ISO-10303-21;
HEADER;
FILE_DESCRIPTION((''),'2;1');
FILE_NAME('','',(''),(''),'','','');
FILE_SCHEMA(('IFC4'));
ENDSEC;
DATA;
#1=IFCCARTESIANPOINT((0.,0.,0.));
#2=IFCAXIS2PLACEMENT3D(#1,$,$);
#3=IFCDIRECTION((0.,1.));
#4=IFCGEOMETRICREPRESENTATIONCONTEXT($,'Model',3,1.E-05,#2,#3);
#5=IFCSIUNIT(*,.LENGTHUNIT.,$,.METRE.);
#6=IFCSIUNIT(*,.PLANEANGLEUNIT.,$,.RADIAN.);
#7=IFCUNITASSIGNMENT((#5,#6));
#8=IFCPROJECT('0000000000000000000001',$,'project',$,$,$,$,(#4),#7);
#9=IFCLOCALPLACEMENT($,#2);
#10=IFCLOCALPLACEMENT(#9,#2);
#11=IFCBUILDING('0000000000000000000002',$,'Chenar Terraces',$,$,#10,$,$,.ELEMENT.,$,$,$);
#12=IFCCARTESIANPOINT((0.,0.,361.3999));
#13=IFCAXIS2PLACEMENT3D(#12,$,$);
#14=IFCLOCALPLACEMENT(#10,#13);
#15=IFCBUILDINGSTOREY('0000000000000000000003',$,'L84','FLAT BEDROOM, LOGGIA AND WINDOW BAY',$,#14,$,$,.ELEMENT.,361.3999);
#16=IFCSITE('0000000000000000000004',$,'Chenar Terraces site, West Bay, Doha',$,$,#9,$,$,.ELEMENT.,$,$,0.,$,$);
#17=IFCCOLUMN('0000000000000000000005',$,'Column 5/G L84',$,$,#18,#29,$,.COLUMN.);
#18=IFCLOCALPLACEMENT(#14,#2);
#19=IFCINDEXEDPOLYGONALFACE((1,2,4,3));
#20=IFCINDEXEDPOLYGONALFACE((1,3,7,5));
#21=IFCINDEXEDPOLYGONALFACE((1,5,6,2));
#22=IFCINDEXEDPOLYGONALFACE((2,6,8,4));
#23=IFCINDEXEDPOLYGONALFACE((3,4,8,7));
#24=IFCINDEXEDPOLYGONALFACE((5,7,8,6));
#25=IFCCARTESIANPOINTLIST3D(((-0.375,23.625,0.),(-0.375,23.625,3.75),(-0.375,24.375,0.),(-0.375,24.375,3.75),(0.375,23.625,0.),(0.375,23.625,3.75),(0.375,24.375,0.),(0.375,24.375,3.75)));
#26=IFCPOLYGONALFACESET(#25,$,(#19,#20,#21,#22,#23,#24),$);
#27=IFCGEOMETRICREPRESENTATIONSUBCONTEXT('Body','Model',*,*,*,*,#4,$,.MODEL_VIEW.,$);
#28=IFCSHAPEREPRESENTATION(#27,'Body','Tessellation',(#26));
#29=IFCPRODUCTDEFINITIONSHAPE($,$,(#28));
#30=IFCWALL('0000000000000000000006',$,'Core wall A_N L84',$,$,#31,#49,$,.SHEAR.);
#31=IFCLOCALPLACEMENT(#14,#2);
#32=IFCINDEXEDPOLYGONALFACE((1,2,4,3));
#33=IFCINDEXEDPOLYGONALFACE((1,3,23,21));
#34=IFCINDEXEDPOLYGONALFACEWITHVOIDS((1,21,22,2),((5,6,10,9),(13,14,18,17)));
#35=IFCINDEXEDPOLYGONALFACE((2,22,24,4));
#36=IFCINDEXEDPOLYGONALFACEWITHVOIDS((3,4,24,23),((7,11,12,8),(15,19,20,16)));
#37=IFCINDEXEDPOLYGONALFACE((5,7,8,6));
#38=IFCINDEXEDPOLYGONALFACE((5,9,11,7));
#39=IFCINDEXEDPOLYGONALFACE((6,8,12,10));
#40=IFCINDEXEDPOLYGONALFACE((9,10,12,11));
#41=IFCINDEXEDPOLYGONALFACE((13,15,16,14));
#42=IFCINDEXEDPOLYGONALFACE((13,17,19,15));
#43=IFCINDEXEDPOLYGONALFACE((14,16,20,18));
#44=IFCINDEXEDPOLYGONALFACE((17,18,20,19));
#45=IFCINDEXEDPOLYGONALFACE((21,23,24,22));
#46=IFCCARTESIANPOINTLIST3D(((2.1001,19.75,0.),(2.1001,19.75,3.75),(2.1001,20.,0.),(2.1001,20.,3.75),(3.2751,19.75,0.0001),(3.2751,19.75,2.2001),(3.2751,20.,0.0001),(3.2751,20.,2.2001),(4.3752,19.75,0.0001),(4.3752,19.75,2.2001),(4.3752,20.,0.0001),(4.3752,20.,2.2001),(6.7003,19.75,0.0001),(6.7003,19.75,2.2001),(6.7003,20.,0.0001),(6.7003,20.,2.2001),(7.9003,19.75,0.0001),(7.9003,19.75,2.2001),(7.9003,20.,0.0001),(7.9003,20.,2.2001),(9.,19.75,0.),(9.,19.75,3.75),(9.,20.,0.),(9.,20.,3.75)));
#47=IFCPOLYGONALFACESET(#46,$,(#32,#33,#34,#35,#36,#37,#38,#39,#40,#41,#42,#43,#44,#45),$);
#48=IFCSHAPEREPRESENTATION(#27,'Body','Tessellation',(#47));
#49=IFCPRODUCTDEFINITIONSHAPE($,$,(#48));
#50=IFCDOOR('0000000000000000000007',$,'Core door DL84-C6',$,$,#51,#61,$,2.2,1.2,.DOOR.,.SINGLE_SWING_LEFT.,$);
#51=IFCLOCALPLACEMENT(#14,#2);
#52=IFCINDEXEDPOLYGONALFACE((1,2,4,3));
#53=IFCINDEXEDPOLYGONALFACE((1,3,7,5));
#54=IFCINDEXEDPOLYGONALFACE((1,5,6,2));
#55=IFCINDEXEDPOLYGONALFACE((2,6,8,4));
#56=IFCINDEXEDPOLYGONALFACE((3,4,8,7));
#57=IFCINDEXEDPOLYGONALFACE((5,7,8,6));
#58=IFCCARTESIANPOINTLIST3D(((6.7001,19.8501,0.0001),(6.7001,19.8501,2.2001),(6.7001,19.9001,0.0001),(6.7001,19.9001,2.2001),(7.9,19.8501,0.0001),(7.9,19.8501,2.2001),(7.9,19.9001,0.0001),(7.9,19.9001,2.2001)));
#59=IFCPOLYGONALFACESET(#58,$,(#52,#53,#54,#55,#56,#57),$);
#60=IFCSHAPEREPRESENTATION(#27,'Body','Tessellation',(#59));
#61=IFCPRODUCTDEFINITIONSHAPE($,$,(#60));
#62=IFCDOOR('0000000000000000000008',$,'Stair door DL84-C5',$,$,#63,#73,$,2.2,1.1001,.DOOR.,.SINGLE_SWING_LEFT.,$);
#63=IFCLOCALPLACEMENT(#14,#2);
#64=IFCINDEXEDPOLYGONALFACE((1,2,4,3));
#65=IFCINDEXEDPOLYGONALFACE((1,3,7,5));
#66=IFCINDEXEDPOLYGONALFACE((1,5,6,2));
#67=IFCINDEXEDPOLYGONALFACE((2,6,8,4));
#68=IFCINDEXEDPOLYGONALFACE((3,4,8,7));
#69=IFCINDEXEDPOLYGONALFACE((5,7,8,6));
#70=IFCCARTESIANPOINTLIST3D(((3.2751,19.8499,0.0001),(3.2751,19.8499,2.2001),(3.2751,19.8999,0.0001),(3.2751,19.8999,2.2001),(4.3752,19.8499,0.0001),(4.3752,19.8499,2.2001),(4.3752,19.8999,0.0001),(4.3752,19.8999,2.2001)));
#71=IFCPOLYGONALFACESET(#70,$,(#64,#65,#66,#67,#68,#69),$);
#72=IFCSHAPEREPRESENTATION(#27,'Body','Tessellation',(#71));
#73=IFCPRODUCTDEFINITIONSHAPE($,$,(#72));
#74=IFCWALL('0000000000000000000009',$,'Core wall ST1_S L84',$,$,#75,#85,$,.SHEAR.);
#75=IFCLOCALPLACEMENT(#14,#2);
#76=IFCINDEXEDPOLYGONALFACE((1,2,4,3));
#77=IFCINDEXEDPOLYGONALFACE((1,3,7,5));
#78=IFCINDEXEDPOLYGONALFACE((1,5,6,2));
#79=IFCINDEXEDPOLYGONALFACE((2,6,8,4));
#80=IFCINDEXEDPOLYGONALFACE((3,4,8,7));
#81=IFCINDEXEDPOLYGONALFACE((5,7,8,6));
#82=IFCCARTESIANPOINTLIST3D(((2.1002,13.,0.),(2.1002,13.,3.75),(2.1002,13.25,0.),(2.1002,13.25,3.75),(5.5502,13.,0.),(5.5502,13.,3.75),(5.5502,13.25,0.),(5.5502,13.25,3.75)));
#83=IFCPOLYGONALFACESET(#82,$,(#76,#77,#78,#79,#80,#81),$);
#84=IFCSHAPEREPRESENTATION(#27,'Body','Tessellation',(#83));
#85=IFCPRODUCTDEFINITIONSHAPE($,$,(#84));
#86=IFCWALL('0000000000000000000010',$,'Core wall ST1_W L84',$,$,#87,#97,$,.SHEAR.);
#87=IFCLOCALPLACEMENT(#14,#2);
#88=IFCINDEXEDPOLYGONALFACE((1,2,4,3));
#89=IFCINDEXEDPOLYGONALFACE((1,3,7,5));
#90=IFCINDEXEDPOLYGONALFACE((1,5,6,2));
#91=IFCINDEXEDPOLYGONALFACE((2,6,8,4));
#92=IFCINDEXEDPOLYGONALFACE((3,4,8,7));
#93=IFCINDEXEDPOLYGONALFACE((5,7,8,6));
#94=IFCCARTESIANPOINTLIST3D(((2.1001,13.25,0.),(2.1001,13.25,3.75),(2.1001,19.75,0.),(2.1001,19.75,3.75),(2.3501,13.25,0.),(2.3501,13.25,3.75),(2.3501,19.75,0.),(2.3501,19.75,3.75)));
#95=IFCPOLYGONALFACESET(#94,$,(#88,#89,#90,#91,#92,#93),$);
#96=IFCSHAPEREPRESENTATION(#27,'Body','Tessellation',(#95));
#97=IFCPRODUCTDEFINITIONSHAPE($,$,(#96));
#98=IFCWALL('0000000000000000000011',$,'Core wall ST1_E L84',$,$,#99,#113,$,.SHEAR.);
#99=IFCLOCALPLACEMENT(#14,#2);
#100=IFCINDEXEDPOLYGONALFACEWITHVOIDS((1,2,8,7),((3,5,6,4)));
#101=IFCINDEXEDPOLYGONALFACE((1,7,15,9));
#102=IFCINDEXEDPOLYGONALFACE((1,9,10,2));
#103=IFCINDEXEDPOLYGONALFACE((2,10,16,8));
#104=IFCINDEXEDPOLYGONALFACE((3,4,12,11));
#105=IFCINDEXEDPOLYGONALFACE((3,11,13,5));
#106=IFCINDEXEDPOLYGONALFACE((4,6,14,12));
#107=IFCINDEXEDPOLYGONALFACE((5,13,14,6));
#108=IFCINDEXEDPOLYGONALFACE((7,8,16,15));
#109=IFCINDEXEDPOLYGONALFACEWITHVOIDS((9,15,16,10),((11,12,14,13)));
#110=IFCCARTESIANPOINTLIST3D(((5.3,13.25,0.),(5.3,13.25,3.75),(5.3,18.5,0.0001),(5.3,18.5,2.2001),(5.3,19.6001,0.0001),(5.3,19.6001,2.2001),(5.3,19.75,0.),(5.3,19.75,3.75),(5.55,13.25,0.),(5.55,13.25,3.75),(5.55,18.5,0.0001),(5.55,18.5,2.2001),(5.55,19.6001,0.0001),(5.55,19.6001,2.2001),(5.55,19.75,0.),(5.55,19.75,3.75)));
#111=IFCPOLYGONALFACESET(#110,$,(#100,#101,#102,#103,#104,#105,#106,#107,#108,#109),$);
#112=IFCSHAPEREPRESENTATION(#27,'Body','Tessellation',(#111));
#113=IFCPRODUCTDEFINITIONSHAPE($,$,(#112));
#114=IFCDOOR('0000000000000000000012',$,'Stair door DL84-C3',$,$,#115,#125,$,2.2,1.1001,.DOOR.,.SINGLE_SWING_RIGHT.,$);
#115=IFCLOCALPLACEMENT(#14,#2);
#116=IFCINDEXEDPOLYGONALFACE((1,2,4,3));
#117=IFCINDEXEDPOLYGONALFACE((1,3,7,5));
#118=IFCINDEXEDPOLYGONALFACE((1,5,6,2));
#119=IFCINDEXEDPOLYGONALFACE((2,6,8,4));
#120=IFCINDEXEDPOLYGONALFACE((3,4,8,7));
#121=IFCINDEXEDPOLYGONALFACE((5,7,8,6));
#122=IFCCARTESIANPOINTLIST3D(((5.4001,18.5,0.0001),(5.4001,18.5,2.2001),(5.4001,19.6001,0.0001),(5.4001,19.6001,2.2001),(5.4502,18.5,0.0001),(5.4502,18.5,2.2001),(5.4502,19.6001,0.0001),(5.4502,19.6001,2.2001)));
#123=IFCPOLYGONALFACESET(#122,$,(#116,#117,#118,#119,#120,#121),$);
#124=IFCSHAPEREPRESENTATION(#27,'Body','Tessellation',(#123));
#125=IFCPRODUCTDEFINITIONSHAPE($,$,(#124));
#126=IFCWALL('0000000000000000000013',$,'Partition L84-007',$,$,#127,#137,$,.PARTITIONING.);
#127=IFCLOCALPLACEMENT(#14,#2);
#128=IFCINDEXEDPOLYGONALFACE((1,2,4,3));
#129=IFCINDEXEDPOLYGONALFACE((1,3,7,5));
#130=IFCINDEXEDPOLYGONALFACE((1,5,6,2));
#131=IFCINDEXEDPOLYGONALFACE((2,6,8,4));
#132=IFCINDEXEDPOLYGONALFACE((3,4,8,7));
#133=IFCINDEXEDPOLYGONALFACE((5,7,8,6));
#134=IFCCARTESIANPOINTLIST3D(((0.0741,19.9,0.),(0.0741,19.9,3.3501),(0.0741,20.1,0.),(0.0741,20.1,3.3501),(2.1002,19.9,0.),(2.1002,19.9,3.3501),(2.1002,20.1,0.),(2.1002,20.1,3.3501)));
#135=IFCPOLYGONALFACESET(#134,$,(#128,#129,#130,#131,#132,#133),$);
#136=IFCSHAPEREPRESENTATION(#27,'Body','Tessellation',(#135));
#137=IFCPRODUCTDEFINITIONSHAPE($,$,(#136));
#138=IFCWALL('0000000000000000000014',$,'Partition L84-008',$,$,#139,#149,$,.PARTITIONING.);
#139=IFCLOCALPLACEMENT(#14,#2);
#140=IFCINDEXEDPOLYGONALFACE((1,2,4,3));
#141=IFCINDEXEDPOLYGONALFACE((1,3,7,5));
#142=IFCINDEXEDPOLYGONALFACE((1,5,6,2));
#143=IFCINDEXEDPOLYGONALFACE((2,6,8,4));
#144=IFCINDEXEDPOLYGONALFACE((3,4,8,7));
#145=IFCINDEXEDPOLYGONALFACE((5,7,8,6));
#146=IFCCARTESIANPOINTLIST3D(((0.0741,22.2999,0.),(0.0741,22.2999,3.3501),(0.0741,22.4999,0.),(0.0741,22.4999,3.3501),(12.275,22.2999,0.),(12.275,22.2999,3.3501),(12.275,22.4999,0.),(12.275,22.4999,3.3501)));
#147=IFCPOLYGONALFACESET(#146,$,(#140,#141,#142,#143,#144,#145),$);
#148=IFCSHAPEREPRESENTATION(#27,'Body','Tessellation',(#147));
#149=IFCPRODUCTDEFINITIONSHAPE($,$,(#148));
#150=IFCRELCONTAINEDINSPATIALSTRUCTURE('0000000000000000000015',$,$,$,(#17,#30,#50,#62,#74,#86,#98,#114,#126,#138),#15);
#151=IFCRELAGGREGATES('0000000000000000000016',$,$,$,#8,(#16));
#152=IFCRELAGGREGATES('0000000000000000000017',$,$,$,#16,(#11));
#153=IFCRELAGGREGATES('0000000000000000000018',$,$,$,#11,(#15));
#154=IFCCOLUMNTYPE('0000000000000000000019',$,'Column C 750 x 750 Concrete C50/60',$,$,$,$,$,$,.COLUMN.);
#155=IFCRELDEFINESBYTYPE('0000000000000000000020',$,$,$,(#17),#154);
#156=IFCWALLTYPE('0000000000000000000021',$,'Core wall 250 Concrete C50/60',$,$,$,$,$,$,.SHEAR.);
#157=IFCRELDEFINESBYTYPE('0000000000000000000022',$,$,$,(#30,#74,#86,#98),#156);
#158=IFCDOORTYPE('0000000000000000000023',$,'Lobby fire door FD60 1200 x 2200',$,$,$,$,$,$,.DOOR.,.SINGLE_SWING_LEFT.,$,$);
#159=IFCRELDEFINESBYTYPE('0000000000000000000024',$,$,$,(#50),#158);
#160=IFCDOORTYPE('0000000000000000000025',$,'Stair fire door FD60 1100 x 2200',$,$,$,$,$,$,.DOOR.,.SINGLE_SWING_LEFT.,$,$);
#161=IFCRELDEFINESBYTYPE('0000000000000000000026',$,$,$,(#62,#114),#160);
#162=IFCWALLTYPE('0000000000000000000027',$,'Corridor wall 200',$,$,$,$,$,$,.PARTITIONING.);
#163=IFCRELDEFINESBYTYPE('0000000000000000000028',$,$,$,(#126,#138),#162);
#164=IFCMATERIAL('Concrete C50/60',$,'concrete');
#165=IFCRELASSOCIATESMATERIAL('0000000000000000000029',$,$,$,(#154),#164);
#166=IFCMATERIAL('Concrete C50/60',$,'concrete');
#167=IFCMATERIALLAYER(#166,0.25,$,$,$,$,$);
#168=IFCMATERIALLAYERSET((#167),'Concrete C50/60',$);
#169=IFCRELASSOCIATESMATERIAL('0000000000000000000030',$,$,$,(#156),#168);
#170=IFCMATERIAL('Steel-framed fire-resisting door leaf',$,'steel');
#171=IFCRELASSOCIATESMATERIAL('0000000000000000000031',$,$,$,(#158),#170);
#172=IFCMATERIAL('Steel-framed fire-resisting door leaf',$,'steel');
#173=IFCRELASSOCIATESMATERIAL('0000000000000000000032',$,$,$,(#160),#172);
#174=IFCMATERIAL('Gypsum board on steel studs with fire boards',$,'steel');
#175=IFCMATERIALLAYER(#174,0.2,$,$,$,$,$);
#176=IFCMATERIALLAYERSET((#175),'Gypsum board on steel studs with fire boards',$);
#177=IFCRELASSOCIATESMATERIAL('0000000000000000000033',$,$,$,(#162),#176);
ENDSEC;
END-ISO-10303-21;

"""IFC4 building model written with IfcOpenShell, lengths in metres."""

from ifc_helpers import new_model, si_unit, direction, frame, frame_2d, origin, origin_2d, place, context, subcontext, project, spatial, rectangle, extrude, material, layer, layer_set, material_profile, profile_set, type_object, element, fill, save


model = new_model("IFC4")

# Units and contexts
model_context = context("Model", 3, precision=1e-05, world=origin(), true_north=direction((0.0, 1.0)))
body_context = subcontext(model_context, "Body", "Model", "MODEL_VIEW")
ifc_project = project(units=[si_unit("LENGTHUNIT", "METRE"), si_unit("PLANEANGLEUNIT", "RADIAN")], contexts=[model_context])

# Site, building, storey
site_placement = place(None, origin())
site = spatial("IfcSite", under=ifc_project, at=site_placement, Name="Chenar Terraces site, West Bay, Doha", CompositionType="ELEMENT", RefElevation=0.0)
building_placement = place(site_placement, origin())
building = spatial("IfcBuilding", under=site, at=building_placement, Name="Chenar Terraces", CompositionType="ELEMENT")
storey_placement = place(building_placement, frame((0.0, 0.0, 361.3999)))
storey = spatial("IfcBuildingStorey", under=building, at=storey_placement, Name="L84", Description="FLAT BEDROOM, LOGGIA AND WINDOW BAY", CompositionType="ELEMENT", Elevation=361.3999)

# Column
ifc_material_1 = material(Name="Concrete C50/60", Category="concrete")
ifc_material_profile_1 = material_profile(ifc_material_1, rectangle(XDim=0.75, YDim=0.75, at=origin_2d()), Name="C 750 x 750")
ifc_profile_set_1 = profile_set([ifc_material_profile_1], Name="Concrete C50/60")
column_type = type_object("IfcColumnType", Name="Column C 750 x 750 Concrete C50/60", PredefinedType="COLUMN", material=ifc_profile_set_1)
column_placement = place(storey_placement, frame((0.0, 24.0, 0.0), z_axis=(0.0, 0.0, 1.0), x_axis=(1.0, 0.0, 0.0)))
element("IfcColumn", 1, at=column_placement, inside=storey, type_object=column_type, Name="Column 5/G L84", PredefinedType="COLUMN", context=body_context, shape_type="SweptSolid", body=[
    extrude(rectangle(XDim=0.75, YDim=0.75, at=origin_2d()), origin(), (0.0, 0.0, 1.0), 3.75),
])

# Wall, openings, doors
ifc_material_2 = material(Name="Concrete C50/60", Category="concrete")
ifc_layer_1 = layer(ifc_material_2, 0.25)
ifc_layer_set_1 = layer_set([ifc_layer_1], Name="Concrete C50/60")
wall_type_1 = type_object("IfcWallType", Name="Core wall 250 Concrete C50/60", PredefinedType="SHEAR", material=ifc_layer_set_1)
wall_1_placement = place(storey_placement, frame((2.1001, 19.875, 0.0), z_axis=(0.0, 0.0, 1.0), x_axis=(1.0, 0.0, 0.0)))
wall_1 = element("IfcWall", 2, at=wall_1_placement, inside=storey, type_object=wall_type_1, Name="Core wall A_N L84", PredefinedType="SHEAR", context=body_context, shape_type="SweptSolid", body=[
    extrude(rectangle(XDim=6.8999, YDim=0.25, at=frame_2d((3.45, 0.0))), origin(), (0.0, 0.0, 1.0), 3.75),
])
opening_1_placement = place(wall_1_placement, frame((1.175, 0.0, 0.0)))
opening_1 = element("IfcOpeningElement", 3, at=opening_1_placement, cuts=wall_1, PredefinedType="OPENING", context=body_context, shape_type="SweptSolid", body=[
    extrude(rectangle(XDim=1.1001, YDim=2.2, at=frame_2d((0.55, 1.1001))), frame((0.0, 0.135, 0.0), z_axis=(0.0, -1.0, 0.0), x_axis=(1.0, 0.0, 0.0)), (0.0, 0.0, 1.0), 0.27),
])
opening_2_placement = place(wall_1_placement, frame((4.6001, 0.0, 0.0)))
opening_2 = element("IfcOpeningElement", 4, at=opening_2_placement, cuts=wall_1, PredefinedType="OPENING", context=body_context, shape_type="SweptSolid", body=[
    extrude(rectangle(XDim=1.2, YDim=2.2, at=frame_2d((0.6001, 1.1001))), frame((0.0, 0.135, 0.0), z_axis=(0.0, -1.0, 0.0), x_axis=(1.0, 0.0, 0.0)), (0.0, 0.0, 1.0), 0.27),
])
ifc_material_3 = material(Name="Steel-framed fire-resisting door leaf", Category="steel")
door_type_1 = type_object("IfcDoorType", Name="Lobby fire door FD60 1200 x 2200", OperationType="SINGLE_SWING_LEFT", PredefinedType="DOOR", material=ifc_material_3)
door_1_placement = place(opening_2_placement, frame((1.2, 0.0, 0.0), z_axis=(0.0, 0.0, 1.0), x_axis=(-1.0, 0.0, 0.0)))
door_1 = element("IfcDoor", 5, at=door_1_placement, inside=storey, type_object=door_type_1, Name="Core door DL84-C6", OperationType="SINGLE_SWING_LEFT", OverallHeight=2.2, OverallWidth=1.2, PredefinedType="DOOR", context=body_context, shape_type="SweptSolid", body=[
    extrude(rectangle(XDim=1.2, YDim=2.2, at=frame_2d((0.6001, 1.1001))), frame((0.0, 0.0249, 0.0), z_axis=(0.0, -1.0, 0.0), x_axis=(1.0, 0.0, 0.0)), (0.0, 0.0, 1.0), 0.05),
])
fill(opening_2, door_1)
ifc_material_4 = material(Name="Steel-framed fire-resisting door leaf", Category="steel")
door_type_2 = type_object("IfcDoorType", Name="Stair fire door FD60 1100 x 2200", OperationType="SINGLE_SWING_LEFT", PredefinedType="DOOR", material=ifc_material_4)
door_2_placement = place(opening_1_placement, origin())
door_2 = element("IfcDoor", 6, at=door_2_placement, inside=storey, type_object=door_type_2, Name="Stair door DL84-C5", OperationType="SINGLE_SWING_LEFT", OverallHeight=2.2, OverallWidth=1.1001, PredefinedType="DOOR", context=body_context, shape_type="SweptSolid", body=[
    extrude(rectangle(XDim=1.1001, YDim=2.2, at=frame_2d((0.55, 1.1001))), frame((0.0, 0.0249, 0.0), z_axis=(0.0, -1.0, 0.0), x_axis=(1.0, 0.0, 0.0)), (0.0, 0.0, 1.0), 0.05),
])
fill(opening_1, door_2)

# Walls
wall_2_placement = place(storey_placement, frame((2.1001, 13.125, 0.0), z_axis=(0.0, 0.0, 1.0), x_axis=(1.0, 0.0, 0.0)))
element("IfcWall", 7, at=wall_2_placement, inside=storey, type_object=wall_type_1, Name="Core wall ST1_S L84", PredefinedType="SHEAR", context=body_context, shape_type="SweptSolid", body=[
    extrude(rectangle(XDim=3.45, YDim=0.25, at=frame_2d((1.7251, 0.0))), origin(), (0.0, 0.0, 1.0), 3.75),
])
wall_3_placement = place(storey_placement, frame((2.2251, 13.25, 0.0), z_axis=(0.0, 0.0, 1.0), x_axis=(0.0, 1.0, 0.0)))
element("IfcWall", 8, at=wall_3_placement, inside=storey, type_object=wall_type_1, Name="Core wall ST1_W L84", PredefinedType="SHEAR", context=body_context, shape_type="SweptSolid", body=[
    extrude(rectangle(XDim=6.5, YDim=0.25, at=frame_2d((3.25, 0.0))), origin(), (0.0, 0.0, 1.0), 3.75),
])

# Wall, opening, door
wall_4_placement = place(storey_placement, frame((5.425, 13.25, 0.0), z_axis=(0.0, 0.0, 1.0), x_axis=(0.0, 1.0, 0.0)))
wall_4 = element("IfcWall", 9, at=wall_4_placement, inside=storey, type_object=wall_type_1, Name="Core wall ST1_E L84", PredefinedType="SHEAR", context=body_context, shape_type="SweptSolid", body=[
    extrude(rectangle(XDim=6.5, YDim=0.25, at=frame_2d((3.25, 0.0))), origin(), (0.0, 0.0, 1.0), 3.75),
])
opening_3_placement = place(wall_4_placement, frame((5.25, 0.0, 0.0)))
opening_3 = element("IfcOpeningElement", 10, at=opening_3_placement, cuts=wall_4, PredefinedType="OPENING", context=body_context, shape_type="SweptSolid", body=[
    extrude(rectangle(XDim=1.1001, YDim=2.2, at=frame_2d((0.55, 1.1001))), frame((0.0, 0.135, 0.0), z_axis=(0.0, -1.0, 0.0), x_axis=(1.0, 0.0, 0.0)), (0.0, 0.0, 1.0), 0.27),
])
door_3_placement = place(opening_3_placement, origin())
door_3 = element("IfcDoor", 11, at=door_3_placement, inside=storey, type_object=door_type_2, Name="Stair door DL84-C3", OperationType="SINGLE_SWING_RIGHT", OverallHeight=2.2, OverallWidth=1.1001, PredefinedType="DOOR", context=body_context, shape_type="SweptSolid", body=[
    extrude(rectangle(XDim=1.1001, YDim=2.2, at=frame_2d((0.55, 1.1001))), frame((0.0, 0.0249, 0.0), z_axis=(0.0, -1.0, 0.0), x_axis=(1.0, 0.0, 0.0)), (0.0, 0.0, 1.0), 0.05),
])
fill(opening_3, door_3)

# Walls
ifc_material_5 = material(Name="Gypsum board on steel studs with fire boards", Category="steel")
ifc_layer_2 = layer(ifc_material_5, 0.2)
ifc_layer_set_2 = layer_set([ifc_layer_2], Name="Gypsum board on steel studs with fire boards")
wall_type_2 = type_object("IfcWallType", Name="Corridor wall 200", PredefinedType="PARTITIONING", material=ifc_layer_set_2)
wall_5_placement = place(storey_placement, frame((0.074, 20.0, 0.0), z_axis=(0.0, 0.0, 1.0), x_axis=(1.0, 0.0, 0.0)))
element("IfcWall", 12, at=wall_5_placement, inside=storey, type_object=wall_type_2, Name="Partition L84-007", PredefinedType="PARTITIONING", context=body_context, shape_type="SweptSolid", body=[
    extrude(rectangle(XDim=2.0261, YDim=0.2, at=frame_2d((1.0132, 0.0))), origin(), (0.0, 0.0, 1.0), 3.3501),
])
wall_6_placement = place(storey_placement, frame((0.074, 22.3999, 0.0), z_axis=(0.0, 0.0, 1.0), x_axis=(1.0, 0.0, 0.0)))
element("IfcWall", 13, at=wall_6_placement, inside=storey, type_object=wall_type_2, Name="Partition L84-008", PredefinedType="PARTITIONING", context=body_context, shape_type="SweptSolid", body=[
    extrude(rectangle(XDim=12.2009, YDim=0.2, at=frame_2d((6.1006, 0.0))), origin(), (0.0, 0.0, 1.0), 3.3501),
])

save(model, "model.ifc")
